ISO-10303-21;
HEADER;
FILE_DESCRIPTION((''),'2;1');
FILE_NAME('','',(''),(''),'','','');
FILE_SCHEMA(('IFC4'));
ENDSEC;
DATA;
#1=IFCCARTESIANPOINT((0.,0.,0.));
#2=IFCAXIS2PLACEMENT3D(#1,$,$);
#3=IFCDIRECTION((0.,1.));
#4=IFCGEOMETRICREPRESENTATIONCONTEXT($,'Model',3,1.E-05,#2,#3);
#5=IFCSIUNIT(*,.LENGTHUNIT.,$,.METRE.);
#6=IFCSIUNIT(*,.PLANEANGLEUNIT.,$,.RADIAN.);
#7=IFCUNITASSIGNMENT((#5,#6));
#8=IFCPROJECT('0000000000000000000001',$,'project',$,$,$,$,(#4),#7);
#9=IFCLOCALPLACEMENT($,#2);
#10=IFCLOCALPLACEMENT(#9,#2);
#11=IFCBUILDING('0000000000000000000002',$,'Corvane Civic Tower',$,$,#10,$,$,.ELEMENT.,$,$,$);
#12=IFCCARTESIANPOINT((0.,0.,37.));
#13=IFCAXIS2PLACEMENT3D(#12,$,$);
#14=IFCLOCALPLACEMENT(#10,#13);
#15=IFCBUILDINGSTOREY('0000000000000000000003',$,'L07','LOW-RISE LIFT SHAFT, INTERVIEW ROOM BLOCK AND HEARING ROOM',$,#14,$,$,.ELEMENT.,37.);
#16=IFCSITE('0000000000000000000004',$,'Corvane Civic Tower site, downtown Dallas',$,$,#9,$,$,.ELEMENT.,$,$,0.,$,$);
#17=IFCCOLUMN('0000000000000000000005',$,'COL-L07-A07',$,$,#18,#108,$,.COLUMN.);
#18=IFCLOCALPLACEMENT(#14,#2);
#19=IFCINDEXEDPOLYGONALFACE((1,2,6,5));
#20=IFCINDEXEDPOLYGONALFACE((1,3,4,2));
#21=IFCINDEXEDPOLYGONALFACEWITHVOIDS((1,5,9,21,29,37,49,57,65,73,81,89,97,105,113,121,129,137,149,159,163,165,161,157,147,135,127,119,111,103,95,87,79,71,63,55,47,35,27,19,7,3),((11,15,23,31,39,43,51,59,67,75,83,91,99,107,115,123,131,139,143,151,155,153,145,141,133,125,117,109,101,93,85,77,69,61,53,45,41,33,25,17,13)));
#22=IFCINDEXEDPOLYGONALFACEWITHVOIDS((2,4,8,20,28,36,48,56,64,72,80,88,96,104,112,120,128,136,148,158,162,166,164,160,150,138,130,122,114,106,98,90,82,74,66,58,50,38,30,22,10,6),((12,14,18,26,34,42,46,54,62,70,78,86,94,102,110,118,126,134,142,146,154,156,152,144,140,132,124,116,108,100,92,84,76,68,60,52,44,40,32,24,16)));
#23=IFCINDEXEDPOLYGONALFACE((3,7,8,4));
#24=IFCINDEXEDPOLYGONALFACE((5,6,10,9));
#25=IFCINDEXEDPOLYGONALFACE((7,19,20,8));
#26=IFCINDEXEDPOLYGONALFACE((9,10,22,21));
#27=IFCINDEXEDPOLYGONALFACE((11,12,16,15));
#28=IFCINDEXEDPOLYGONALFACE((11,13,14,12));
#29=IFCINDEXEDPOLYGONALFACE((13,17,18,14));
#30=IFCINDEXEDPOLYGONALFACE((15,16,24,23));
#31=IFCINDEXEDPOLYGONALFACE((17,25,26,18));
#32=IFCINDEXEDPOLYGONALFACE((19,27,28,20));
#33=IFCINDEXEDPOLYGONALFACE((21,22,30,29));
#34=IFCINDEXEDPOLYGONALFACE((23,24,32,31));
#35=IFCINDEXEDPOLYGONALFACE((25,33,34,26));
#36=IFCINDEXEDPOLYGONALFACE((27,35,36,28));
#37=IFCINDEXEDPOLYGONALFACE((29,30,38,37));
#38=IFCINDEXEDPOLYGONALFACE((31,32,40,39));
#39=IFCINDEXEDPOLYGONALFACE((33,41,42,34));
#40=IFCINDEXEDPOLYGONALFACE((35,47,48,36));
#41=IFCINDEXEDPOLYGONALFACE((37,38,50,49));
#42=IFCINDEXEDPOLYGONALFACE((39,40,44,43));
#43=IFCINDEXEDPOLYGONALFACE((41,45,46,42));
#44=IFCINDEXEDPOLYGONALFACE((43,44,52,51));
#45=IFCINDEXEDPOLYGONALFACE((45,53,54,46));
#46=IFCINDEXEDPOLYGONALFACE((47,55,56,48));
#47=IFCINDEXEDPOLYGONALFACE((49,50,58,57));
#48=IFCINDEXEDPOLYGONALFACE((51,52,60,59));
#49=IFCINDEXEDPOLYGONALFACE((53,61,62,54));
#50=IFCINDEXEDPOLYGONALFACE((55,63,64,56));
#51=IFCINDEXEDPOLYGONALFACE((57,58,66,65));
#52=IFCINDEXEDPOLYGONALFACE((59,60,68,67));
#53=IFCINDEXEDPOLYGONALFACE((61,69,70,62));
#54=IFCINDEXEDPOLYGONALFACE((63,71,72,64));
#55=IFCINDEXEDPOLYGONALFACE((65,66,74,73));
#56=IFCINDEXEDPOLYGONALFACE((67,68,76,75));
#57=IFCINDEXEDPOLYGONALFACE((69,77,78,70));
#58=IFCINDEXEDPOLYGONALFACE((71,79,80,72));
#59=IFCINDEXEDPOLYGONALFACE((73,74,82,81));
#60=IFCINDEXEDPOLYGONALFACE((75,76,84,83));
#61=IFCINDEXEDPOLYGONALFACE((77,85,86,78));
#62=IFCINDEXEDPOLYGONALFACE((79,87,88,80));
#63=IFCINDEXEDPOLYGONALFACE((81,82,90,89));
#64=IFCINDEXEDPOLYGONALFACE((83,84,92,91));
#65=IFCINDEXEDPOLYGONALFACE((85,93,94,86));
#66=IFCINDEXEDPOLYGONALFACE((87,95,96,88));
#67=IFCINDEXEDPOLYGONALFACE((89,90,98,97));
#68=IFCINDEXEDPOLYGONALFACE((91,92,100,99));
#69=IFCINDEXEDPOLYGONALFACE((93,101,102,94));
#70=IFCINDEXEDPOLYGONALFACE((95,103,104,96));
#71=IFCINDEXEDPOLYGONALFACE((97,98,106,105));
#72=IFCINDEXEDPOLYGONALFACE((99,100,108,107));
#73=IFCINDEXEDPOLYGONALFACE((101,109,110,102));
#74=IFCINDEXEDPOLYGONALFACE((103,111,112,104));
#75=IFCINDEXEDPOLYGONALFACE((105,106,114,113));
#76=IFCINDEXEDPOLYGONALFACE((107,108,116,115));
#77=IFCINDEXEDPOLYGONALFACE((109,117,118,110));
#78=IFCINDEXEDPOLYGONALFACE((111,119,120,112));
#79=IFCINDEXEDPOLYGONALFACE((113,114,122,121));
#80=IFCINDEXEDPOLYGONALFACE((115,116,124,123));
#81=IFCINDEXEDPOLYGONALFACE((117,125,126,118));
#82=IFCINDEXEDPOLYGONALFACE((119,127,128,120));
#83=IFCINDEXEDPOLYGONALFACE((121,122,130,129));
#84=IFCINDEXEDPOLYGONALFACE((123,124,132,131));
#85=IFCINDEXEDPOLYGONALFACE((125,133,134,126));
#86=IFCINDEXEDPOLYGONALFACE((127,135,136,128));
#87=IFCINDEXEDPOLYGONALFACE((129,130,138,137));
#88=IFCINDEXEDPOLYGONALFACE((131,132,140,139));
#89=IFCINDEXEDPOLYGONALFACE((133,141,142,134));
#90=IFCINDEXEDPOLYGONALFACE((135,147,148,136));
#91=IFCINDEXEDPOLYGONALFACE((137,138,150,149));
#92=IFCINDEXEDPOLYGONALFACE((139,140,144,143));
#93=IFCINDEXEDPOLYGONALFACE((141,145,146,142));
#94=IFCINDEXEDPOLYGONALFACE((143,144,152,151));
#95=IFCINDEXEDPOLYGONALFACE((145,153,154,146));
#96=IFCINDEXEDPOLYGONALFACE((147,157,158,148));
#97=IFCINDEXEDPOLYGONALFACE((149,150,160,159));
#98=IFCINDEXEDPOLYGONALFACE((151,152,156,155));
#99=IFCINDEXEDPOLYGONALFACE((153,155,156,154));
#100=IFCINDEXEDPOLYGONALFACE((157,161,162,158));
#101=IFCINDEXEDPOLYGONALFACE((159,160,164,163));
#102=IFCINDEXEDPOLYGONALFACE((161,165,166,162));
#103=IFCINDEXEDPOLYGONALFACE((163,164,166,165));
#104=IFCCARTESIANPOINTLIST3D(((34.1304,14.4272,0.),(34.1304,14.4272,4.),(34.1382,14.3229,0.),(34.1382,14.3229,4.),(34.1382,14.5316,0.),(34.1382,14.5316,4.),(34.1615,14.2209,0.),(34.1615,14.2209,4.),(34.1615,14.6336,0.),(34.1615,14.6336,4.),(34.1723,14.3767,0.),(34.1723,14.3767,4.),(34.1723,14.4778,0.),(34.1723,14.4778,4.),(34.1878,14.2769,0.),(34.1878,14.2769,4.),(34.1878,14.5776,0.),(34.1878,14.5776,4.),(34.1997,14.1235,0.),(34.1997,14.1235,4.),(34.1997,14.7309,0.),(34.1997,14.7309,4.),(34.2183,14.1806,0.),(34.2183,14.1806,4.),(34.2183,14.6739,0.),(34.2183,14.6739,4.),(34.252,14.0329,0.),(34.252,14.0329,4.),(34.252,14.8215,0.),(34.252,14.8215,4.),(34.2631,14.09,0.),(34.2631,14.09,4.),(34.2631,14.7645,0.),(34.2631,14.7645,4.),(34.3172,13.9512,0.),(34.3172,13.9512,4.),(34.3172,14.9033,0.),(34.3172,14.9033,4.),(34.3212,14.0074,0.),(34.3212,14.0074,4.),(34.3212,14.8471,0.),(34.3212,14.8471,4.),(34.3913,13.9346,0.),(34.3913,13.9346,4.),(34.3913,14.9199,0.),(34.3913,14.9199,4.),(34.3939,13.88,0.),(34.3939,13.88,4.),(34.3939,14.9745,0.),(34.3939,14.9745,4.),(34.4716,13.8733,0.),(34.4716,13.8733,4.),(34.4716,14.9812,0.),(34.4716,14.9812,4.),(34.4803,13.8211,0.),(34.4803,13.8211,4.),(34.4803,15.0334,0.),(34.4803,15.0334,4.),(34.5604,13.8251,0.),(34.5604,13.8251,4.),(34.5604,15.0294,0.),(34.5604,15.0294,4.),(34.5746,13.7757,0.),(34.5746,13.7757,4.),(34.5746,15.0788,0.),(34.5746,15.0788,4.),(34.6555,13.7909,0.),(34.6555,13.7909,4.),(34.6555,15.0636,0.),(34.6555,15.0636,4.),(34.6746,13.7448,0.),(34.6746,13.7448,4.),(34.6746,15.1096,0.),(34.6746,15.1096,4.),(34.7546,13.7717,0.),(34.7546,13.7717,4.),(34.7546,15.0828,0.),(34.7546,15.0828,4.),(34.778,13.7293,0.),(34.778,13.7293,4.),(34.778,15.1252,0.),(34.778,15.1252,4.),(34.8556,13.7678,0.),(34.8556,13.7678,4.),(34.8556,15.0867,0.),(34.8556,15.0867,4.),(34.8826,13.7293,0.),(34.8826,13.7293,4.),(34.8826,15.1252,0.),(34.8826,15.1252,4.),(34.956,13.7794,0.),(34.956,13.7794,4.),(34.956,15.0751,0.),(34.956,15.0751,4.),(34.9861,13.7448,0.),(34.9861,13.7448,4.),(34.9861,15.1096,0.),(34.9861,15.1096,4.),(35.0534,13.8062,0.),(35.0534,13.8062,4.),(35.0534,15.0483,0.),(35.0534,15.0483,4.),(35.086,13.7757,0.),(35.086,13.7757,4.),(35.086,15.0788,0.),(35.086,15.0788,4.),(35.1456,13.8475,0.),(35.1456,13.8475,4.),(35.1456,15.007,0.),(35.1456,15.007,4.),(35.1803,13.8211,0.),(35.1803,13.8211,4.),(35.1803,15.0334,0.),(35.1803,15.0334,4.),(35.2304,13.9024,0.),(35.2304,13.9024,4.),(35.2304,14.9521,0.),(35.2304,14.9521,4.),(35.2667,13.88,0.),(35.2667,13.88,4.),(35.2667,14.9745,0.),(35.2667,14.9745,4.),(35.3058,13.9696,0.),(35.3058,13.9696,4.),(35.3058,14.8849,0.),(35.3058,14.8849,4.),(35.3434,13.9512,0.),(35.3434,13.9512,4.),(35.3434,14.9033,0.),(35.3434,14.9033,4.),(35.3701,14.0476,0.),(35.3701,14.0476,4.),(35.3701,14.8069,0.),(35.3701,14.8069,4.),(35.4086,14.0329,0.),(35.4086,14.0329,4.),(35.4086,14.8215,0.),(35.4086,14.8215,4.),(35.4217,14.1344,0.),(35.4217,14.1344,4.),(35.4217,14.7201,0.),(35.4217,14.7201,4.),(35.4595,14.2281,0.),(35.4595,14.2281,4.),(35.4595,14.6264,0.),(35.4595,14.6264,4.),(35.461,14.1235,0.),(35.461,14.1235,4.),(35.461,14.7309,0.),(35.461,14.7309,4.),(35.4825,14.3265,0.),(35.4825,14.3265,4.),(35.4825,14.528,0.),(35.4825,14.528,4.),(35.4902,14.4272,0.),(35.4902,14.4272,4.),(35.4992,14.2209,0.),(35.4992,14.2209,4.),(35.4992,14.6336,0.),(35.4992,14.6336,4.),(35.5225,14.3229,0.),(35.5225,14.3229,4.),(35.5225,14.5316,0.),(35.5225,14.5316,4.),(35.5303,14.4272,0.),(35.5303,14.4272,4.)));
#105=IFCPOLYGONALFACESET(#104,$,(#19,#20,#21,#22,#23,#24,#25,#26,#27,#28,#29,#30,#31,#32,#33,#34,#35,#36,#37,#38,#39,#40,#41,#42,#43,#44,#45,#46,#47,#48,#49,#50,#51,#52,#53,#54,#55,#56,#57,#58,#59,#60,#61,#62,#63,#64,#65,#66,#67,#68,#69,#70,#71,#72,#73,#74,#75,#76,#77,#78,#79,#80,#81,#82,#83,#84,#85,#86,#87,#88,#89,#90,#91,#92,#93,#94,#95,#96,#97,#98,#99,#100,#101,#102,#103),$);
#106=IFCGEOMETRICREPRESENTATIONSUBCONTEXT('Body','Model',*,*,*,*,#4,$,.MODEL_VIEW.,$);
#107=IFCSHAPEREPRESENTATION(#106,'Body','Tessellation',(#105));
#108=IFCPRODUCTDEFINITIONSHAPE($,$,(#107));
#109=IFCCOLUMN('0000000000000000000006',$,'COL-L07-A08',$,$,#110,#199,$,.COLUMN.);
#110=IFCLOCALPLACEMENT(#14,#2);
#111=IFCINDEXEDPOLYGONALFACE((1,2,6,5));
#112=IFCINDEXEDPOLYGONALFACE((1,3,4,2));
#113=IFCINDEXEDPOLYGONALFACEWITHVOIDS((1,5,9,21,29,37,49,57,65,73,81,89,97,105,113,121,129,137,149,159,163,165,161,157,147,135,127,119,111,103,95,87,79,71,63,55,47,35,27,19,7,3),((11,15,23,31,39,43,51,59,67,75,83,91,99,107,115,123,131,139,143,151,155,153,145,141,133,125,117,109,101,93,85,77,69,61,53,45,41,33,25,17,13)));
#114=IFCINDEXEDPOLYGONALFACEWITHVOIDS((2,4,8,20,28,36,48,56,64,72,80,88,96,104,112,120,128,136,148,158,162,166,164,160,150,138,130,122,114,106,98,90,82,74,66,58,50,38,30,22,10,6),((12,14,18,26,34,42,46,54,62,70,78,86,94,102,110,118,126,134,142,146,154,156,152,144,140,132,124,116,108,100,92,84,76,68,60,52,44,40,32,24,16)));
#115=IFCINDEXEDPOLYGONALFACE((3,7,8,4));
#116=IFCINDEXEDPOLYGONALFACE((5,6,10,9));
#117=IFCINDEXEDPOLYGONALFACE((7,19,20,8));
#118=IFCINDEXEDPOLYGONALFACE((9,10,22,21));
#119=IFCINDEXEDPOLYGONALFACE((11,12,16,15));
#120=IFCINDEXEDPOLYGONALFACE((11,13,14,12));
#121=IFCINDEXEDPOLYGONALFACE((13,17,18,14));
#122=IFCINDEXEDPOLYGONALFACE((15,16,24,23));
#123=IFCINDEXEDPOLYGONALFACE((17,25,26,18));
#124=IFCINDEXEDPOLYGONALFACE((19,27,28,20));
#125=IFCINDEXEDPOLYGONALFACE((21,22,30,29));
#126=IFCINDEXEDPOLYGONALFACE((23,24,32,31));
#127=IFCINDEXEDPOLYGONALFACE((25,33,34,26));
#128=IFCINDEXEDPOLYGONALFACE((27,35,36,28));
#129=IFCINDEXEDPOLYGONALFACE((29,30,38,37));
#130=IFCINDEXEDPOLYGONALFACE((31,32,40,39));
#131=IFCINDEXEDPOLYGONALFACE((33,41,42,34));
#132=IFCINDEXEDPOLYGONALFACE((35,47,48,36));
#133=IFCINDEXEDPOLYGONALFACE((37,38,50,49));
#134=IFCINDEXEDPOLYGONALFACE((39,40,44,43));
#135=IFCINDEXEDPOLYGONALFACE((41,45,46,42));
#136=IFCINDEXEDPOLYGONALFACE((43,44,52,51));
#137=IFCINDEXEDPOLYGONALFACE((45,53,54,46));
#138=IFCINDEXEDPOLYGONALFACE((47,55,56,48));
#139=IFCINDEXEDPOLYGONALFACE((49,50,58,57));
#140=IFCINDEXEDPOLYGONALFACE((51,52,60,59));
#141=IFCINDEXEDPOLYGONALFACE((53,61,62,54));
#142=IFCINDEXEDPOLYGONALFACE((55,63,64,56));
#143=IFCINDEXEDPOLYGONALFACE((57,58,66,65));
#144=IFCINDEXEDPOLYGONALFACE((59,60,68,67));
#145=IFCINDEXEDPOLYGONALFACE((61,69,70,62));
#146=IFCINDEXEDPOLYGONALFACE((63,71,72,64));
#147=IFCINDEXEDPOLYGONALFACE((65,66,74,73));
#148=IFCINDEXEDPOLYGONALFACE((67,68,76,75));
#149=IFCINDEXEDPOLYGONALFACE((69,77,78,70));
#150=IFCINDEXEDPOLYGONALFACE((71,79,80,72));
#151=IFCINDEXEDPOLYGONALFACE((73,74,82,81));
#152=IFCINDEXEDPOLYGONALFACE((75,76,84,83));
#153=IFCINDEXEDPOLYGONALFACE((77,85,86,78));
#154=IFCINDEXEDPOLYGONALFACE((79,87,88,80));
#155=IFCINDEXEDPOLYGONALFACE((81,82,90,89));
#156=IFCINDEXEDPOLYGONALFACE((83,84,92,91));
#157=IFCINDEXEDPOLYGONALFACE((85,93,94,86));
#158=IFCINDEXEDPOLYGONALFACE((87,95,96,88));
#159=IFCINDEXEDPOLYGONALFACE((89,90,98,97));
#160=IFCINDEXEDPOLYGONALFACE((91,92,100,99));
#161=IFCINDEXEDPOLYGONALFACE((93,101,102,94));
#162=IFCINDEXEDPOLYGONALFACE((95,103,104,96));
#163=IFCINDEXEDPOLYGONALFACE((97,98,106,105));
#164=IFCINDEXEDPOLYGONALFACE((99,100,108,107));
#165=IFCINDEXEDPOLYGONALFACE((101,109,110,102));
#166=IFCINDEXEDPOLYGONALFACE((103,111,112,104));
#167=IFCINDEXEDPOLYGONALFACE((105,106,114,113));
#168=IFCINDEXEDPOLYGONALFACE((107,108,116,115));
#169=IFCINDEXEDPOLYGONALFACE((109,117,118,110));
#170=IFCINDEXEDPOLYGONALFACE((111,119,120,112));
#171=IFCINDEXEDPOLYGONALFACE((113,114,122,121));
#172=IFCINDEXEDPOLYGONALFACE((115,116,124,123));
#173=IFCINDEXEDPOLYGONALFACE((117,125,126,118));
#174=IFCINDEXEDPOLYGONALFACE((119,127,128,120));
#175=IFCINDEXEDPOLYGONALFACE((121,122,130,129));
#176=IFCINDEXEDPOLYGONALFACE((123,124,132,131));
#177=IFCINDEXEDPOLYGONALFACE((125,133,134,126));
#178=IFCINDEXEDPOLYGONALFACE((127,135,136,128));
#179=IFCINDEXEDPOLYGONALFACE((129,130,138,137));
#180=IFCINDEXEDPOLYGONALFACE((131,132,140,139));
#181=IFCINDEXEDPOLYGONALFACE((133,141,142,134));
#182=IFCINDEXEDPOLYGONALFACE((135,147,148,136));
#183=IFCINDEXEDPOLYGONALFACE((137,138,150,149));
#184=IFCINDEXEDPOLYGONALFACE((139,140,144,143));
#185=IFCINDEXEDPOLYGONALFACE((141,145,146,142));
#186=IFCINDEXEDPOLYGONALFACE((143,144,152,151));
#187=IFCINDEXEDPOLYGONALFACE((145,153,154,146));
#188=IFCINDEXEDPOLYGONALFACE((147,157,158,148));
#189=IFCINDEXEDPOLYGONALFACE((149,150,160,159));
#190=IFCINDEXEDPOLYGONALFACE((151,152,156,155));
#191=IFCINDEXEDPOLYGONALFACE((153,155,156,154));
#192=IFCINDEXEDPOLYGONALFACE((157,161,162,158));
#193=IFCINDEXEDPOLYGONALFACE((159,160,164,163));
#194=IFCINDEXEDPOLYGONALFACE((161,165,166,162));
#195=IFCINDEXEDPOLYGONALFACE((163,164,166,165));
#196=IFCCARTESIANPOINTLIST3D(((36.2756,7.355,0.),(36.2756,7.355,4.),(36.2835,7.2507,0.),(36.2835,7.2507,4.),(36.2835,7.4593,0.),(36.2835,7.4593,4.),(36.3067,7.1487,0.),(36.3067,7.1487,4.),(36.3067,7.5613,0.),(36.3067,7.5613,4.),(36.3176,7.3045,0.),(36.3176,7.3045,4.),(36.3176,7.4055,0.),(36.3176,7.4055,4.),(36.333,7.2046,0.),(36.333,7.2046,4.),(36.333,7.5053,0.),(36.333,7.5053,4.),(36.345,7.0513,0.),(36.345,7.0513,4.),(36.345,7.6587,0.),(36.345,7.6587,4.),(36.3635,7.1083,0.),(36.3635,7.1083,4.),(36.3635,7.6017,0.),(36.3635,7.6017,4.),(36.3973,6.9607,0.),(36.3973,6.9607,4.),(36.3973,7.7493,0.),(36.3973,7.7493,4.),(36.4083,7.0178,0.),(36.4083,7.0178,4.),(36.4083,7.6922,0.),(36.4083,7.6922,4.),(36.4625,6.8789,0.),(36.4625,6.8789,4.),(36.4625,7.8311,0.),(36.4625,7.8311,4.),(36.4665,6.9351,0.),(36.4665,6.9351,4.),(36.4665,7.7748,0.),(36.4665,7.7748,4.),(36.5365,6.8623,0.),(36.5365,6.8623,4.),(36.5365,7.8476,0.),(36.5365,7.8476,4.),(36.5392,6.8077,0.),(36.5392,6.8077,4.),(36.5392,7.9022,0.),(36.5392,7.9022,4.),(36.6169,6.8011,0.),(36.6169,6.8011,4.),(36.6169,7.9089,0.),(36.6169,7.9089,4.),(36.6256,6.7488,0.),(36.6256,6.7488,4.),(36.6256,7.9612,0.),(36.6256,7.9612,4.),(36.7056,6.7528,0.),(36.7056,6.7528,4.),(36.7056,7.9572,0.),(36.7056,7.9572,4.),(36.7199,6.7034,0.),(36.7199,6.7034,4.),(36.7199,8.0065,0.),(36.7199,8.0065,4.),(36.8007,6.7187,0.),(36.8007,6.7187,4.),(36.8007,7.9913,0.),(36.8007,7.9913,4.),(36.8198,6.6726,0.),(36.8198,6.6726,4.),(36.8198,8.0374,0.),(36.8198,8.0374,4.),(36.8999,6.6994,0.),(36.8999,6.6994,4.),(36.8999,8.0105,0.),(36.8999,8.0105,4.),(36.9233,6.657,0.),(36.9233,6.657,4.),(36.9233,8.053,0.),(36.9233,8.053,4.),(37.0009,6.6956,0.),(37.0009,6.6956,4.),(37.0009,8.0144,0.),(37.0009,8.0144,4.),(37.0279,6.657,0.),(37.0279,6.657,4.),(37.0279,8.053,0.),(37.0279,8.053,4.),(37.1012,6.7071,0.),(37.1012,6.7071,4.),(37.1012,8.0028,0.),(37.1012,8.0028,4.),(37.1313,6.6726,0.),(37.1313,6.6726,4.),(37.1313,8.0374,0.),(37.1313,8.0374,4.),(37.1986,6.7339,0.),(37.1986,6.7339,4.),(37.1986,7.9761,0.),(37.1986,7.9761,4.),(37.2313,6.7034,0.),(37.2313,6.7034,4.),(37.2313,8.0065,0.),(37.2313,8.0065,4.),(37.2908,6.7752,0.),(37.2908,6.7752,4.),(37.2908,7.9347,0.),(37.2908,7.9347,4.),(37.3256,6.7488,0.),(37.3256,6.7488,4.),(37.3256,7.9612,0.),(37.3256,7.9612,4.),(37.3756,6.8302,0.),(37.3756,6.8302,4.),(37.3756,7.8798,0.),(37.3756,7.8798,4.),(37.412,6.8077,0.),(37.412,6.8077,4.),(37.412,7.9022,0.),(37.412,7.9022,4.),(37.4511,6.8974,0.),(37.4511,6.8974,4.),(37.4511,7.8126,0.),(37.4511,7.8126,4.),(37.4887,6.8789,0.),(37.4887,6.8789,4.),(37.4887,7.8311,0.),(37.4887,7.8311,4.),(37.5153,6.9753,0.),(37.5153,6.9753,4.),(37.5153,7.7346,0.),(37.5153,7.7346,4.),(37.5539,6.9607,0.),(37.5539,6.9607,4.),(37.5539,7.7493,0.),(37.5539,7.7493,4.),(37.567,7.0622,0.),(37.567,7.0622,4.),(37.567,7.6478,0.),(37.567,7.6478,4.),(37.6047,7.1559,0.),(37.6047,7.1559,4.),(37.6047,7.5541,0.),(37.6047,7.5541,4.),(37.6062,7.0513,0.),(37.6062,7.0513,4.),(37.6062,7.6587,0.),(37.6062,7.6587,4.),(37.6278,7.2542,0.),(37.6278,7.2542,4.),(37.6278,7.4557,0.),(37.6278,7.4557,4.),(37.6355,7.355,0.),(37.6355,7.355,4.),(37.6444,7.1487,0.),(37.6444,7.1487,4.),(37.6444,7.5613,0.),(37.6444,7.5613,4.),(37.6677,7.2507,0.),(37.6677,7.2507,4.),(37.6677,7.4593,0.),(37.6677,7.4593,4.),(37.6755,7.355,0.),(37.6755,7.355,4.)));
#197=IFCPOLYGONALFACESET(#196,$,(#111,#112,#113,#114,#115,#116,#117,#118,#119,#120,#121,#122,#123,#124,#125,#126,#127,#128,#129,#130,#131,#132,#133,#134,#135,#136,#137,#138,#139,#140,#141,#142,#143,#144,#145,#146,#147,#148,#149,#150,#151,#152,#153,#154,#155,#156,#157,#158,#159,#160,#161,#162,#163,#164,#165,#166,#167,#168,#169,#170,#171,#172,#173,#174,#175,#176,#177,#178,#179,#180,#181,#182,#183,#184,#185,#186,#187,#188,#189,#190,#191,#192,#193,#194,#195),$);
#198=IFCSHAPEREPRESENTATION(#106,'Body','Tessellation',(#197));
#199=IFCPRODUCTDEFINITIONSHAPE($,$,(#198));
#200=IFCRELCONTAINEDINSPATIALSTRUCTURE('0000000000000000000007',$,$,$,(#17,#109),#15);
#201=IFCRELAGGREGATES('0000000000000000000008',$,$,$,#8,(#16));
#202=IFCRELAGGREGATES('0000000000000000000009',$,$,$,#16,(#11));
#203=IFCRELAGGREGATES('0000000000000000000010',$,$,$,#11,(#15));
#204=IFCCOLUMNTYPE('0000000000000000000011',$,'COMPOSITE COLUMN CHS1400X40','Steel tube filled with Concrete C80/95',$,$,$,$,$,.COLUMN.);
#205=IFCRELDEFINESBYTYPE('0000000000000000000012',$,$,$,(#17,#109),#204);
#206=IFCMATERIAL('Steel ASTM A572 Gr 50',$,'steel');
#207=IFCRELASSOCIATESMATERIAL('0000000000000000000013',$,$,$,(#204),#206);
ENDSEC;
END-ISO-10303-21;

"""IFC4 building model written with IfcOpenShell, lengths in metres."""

from ifc_helpers import new_model, si_unit, direction, frame, origin, origin_2d, place, context, subcontext, project, spatial, hollow_circle, extrude, material, material_profile, profile_set, type_object, element, save


model = new_model("IFC4")

# Units and contexts
model_context = context("Model", 3, precision=1e-05, world=origin(), true_north=direction((0.0, 1.0)))
body_context = subcontext(model_context, "Body", "Model", "MODEL_VIEW")
ifc_project = project(units=[si_unit("LENGTHUNIT", "METRE"), si_unit("PLANEANGLEUNIT", "RADIAN")], contexts=[model_context])

# Site, building, storey
site_placement = place(None, origin())
site = spatial("IfcSite", under=ifc_project, at=site_placement, Name="Corvane Civic Tower site, downtown Dallas", CompositionType="ELEMENT", RefElevation=0.0)
building_placement = place(site_placement, origin())
building = spatial("IfcBuilding", under=site, at=building_placement, Name="Corvane Civic Tower", CompositionType="ELEMENT")
storey_placement = place(building_placement, frame((0.0, 0.0, 37.0)))
storey = spatial("IfcBuildingStorey", under=building, at=storey_placement, Name="L07", Description="LOW-RISE LIFT SHAFT, INTERVIEW ROOM BLOCK AND HEARING ROOM", CompositionType="ELEMENT", Elevation=37.0)

# Columns
ifc_material_1 = material(Name="Steel ASTM A572 Gr 50", Category="steel")
ifc_material_profile_1 = material_profile(ifc_material_1, hollow_circle(Radius=0.7, WallThickness=0.04, at=origin_2d()), Name="CHS1400X40")
ifc_profile_set_1 = profile_set([ifc_material_profile_1], Name="Steel ASTM A572 Gr 50")
column_type = type_object("IfcColumnType", Name="COMPOSITE COLUMN CHS1400X40", Description="Steel tube filled with Concrete C80/95", PredefinedType="COLUMN", material=ifc_profile_set_1)
for number, where, z_axis, x_axis, name in (
    (1, (34.8303, 14.4272, 0.0), (0.0, 0.0, 1.0), (1.0, 0.0, 0.0), "COL-L07-A07"),
    (2, (36.9756, 7.355, 0.0), (0.0, 0.0, 1.0), (1.0, 0.0, 0.0), "COL-L07-A08"),
):
    element("IfcColumn", number, at=place(storey_placement, frame(where, z_axis=z_axis, x_axis=x_axis)), inside=storey, type_object=column_type, Name=name, PredefinedType="COLUMN", context=body_context, shape_type="SweptSolid", body=[
        extrude(hollow_circle(Radius=0.7, WallThickness=0.04, at=origin_2d()), origin(), (0.0, 0.0, 1.0), 4.0),
    ])

save(model, "model.ifc")
